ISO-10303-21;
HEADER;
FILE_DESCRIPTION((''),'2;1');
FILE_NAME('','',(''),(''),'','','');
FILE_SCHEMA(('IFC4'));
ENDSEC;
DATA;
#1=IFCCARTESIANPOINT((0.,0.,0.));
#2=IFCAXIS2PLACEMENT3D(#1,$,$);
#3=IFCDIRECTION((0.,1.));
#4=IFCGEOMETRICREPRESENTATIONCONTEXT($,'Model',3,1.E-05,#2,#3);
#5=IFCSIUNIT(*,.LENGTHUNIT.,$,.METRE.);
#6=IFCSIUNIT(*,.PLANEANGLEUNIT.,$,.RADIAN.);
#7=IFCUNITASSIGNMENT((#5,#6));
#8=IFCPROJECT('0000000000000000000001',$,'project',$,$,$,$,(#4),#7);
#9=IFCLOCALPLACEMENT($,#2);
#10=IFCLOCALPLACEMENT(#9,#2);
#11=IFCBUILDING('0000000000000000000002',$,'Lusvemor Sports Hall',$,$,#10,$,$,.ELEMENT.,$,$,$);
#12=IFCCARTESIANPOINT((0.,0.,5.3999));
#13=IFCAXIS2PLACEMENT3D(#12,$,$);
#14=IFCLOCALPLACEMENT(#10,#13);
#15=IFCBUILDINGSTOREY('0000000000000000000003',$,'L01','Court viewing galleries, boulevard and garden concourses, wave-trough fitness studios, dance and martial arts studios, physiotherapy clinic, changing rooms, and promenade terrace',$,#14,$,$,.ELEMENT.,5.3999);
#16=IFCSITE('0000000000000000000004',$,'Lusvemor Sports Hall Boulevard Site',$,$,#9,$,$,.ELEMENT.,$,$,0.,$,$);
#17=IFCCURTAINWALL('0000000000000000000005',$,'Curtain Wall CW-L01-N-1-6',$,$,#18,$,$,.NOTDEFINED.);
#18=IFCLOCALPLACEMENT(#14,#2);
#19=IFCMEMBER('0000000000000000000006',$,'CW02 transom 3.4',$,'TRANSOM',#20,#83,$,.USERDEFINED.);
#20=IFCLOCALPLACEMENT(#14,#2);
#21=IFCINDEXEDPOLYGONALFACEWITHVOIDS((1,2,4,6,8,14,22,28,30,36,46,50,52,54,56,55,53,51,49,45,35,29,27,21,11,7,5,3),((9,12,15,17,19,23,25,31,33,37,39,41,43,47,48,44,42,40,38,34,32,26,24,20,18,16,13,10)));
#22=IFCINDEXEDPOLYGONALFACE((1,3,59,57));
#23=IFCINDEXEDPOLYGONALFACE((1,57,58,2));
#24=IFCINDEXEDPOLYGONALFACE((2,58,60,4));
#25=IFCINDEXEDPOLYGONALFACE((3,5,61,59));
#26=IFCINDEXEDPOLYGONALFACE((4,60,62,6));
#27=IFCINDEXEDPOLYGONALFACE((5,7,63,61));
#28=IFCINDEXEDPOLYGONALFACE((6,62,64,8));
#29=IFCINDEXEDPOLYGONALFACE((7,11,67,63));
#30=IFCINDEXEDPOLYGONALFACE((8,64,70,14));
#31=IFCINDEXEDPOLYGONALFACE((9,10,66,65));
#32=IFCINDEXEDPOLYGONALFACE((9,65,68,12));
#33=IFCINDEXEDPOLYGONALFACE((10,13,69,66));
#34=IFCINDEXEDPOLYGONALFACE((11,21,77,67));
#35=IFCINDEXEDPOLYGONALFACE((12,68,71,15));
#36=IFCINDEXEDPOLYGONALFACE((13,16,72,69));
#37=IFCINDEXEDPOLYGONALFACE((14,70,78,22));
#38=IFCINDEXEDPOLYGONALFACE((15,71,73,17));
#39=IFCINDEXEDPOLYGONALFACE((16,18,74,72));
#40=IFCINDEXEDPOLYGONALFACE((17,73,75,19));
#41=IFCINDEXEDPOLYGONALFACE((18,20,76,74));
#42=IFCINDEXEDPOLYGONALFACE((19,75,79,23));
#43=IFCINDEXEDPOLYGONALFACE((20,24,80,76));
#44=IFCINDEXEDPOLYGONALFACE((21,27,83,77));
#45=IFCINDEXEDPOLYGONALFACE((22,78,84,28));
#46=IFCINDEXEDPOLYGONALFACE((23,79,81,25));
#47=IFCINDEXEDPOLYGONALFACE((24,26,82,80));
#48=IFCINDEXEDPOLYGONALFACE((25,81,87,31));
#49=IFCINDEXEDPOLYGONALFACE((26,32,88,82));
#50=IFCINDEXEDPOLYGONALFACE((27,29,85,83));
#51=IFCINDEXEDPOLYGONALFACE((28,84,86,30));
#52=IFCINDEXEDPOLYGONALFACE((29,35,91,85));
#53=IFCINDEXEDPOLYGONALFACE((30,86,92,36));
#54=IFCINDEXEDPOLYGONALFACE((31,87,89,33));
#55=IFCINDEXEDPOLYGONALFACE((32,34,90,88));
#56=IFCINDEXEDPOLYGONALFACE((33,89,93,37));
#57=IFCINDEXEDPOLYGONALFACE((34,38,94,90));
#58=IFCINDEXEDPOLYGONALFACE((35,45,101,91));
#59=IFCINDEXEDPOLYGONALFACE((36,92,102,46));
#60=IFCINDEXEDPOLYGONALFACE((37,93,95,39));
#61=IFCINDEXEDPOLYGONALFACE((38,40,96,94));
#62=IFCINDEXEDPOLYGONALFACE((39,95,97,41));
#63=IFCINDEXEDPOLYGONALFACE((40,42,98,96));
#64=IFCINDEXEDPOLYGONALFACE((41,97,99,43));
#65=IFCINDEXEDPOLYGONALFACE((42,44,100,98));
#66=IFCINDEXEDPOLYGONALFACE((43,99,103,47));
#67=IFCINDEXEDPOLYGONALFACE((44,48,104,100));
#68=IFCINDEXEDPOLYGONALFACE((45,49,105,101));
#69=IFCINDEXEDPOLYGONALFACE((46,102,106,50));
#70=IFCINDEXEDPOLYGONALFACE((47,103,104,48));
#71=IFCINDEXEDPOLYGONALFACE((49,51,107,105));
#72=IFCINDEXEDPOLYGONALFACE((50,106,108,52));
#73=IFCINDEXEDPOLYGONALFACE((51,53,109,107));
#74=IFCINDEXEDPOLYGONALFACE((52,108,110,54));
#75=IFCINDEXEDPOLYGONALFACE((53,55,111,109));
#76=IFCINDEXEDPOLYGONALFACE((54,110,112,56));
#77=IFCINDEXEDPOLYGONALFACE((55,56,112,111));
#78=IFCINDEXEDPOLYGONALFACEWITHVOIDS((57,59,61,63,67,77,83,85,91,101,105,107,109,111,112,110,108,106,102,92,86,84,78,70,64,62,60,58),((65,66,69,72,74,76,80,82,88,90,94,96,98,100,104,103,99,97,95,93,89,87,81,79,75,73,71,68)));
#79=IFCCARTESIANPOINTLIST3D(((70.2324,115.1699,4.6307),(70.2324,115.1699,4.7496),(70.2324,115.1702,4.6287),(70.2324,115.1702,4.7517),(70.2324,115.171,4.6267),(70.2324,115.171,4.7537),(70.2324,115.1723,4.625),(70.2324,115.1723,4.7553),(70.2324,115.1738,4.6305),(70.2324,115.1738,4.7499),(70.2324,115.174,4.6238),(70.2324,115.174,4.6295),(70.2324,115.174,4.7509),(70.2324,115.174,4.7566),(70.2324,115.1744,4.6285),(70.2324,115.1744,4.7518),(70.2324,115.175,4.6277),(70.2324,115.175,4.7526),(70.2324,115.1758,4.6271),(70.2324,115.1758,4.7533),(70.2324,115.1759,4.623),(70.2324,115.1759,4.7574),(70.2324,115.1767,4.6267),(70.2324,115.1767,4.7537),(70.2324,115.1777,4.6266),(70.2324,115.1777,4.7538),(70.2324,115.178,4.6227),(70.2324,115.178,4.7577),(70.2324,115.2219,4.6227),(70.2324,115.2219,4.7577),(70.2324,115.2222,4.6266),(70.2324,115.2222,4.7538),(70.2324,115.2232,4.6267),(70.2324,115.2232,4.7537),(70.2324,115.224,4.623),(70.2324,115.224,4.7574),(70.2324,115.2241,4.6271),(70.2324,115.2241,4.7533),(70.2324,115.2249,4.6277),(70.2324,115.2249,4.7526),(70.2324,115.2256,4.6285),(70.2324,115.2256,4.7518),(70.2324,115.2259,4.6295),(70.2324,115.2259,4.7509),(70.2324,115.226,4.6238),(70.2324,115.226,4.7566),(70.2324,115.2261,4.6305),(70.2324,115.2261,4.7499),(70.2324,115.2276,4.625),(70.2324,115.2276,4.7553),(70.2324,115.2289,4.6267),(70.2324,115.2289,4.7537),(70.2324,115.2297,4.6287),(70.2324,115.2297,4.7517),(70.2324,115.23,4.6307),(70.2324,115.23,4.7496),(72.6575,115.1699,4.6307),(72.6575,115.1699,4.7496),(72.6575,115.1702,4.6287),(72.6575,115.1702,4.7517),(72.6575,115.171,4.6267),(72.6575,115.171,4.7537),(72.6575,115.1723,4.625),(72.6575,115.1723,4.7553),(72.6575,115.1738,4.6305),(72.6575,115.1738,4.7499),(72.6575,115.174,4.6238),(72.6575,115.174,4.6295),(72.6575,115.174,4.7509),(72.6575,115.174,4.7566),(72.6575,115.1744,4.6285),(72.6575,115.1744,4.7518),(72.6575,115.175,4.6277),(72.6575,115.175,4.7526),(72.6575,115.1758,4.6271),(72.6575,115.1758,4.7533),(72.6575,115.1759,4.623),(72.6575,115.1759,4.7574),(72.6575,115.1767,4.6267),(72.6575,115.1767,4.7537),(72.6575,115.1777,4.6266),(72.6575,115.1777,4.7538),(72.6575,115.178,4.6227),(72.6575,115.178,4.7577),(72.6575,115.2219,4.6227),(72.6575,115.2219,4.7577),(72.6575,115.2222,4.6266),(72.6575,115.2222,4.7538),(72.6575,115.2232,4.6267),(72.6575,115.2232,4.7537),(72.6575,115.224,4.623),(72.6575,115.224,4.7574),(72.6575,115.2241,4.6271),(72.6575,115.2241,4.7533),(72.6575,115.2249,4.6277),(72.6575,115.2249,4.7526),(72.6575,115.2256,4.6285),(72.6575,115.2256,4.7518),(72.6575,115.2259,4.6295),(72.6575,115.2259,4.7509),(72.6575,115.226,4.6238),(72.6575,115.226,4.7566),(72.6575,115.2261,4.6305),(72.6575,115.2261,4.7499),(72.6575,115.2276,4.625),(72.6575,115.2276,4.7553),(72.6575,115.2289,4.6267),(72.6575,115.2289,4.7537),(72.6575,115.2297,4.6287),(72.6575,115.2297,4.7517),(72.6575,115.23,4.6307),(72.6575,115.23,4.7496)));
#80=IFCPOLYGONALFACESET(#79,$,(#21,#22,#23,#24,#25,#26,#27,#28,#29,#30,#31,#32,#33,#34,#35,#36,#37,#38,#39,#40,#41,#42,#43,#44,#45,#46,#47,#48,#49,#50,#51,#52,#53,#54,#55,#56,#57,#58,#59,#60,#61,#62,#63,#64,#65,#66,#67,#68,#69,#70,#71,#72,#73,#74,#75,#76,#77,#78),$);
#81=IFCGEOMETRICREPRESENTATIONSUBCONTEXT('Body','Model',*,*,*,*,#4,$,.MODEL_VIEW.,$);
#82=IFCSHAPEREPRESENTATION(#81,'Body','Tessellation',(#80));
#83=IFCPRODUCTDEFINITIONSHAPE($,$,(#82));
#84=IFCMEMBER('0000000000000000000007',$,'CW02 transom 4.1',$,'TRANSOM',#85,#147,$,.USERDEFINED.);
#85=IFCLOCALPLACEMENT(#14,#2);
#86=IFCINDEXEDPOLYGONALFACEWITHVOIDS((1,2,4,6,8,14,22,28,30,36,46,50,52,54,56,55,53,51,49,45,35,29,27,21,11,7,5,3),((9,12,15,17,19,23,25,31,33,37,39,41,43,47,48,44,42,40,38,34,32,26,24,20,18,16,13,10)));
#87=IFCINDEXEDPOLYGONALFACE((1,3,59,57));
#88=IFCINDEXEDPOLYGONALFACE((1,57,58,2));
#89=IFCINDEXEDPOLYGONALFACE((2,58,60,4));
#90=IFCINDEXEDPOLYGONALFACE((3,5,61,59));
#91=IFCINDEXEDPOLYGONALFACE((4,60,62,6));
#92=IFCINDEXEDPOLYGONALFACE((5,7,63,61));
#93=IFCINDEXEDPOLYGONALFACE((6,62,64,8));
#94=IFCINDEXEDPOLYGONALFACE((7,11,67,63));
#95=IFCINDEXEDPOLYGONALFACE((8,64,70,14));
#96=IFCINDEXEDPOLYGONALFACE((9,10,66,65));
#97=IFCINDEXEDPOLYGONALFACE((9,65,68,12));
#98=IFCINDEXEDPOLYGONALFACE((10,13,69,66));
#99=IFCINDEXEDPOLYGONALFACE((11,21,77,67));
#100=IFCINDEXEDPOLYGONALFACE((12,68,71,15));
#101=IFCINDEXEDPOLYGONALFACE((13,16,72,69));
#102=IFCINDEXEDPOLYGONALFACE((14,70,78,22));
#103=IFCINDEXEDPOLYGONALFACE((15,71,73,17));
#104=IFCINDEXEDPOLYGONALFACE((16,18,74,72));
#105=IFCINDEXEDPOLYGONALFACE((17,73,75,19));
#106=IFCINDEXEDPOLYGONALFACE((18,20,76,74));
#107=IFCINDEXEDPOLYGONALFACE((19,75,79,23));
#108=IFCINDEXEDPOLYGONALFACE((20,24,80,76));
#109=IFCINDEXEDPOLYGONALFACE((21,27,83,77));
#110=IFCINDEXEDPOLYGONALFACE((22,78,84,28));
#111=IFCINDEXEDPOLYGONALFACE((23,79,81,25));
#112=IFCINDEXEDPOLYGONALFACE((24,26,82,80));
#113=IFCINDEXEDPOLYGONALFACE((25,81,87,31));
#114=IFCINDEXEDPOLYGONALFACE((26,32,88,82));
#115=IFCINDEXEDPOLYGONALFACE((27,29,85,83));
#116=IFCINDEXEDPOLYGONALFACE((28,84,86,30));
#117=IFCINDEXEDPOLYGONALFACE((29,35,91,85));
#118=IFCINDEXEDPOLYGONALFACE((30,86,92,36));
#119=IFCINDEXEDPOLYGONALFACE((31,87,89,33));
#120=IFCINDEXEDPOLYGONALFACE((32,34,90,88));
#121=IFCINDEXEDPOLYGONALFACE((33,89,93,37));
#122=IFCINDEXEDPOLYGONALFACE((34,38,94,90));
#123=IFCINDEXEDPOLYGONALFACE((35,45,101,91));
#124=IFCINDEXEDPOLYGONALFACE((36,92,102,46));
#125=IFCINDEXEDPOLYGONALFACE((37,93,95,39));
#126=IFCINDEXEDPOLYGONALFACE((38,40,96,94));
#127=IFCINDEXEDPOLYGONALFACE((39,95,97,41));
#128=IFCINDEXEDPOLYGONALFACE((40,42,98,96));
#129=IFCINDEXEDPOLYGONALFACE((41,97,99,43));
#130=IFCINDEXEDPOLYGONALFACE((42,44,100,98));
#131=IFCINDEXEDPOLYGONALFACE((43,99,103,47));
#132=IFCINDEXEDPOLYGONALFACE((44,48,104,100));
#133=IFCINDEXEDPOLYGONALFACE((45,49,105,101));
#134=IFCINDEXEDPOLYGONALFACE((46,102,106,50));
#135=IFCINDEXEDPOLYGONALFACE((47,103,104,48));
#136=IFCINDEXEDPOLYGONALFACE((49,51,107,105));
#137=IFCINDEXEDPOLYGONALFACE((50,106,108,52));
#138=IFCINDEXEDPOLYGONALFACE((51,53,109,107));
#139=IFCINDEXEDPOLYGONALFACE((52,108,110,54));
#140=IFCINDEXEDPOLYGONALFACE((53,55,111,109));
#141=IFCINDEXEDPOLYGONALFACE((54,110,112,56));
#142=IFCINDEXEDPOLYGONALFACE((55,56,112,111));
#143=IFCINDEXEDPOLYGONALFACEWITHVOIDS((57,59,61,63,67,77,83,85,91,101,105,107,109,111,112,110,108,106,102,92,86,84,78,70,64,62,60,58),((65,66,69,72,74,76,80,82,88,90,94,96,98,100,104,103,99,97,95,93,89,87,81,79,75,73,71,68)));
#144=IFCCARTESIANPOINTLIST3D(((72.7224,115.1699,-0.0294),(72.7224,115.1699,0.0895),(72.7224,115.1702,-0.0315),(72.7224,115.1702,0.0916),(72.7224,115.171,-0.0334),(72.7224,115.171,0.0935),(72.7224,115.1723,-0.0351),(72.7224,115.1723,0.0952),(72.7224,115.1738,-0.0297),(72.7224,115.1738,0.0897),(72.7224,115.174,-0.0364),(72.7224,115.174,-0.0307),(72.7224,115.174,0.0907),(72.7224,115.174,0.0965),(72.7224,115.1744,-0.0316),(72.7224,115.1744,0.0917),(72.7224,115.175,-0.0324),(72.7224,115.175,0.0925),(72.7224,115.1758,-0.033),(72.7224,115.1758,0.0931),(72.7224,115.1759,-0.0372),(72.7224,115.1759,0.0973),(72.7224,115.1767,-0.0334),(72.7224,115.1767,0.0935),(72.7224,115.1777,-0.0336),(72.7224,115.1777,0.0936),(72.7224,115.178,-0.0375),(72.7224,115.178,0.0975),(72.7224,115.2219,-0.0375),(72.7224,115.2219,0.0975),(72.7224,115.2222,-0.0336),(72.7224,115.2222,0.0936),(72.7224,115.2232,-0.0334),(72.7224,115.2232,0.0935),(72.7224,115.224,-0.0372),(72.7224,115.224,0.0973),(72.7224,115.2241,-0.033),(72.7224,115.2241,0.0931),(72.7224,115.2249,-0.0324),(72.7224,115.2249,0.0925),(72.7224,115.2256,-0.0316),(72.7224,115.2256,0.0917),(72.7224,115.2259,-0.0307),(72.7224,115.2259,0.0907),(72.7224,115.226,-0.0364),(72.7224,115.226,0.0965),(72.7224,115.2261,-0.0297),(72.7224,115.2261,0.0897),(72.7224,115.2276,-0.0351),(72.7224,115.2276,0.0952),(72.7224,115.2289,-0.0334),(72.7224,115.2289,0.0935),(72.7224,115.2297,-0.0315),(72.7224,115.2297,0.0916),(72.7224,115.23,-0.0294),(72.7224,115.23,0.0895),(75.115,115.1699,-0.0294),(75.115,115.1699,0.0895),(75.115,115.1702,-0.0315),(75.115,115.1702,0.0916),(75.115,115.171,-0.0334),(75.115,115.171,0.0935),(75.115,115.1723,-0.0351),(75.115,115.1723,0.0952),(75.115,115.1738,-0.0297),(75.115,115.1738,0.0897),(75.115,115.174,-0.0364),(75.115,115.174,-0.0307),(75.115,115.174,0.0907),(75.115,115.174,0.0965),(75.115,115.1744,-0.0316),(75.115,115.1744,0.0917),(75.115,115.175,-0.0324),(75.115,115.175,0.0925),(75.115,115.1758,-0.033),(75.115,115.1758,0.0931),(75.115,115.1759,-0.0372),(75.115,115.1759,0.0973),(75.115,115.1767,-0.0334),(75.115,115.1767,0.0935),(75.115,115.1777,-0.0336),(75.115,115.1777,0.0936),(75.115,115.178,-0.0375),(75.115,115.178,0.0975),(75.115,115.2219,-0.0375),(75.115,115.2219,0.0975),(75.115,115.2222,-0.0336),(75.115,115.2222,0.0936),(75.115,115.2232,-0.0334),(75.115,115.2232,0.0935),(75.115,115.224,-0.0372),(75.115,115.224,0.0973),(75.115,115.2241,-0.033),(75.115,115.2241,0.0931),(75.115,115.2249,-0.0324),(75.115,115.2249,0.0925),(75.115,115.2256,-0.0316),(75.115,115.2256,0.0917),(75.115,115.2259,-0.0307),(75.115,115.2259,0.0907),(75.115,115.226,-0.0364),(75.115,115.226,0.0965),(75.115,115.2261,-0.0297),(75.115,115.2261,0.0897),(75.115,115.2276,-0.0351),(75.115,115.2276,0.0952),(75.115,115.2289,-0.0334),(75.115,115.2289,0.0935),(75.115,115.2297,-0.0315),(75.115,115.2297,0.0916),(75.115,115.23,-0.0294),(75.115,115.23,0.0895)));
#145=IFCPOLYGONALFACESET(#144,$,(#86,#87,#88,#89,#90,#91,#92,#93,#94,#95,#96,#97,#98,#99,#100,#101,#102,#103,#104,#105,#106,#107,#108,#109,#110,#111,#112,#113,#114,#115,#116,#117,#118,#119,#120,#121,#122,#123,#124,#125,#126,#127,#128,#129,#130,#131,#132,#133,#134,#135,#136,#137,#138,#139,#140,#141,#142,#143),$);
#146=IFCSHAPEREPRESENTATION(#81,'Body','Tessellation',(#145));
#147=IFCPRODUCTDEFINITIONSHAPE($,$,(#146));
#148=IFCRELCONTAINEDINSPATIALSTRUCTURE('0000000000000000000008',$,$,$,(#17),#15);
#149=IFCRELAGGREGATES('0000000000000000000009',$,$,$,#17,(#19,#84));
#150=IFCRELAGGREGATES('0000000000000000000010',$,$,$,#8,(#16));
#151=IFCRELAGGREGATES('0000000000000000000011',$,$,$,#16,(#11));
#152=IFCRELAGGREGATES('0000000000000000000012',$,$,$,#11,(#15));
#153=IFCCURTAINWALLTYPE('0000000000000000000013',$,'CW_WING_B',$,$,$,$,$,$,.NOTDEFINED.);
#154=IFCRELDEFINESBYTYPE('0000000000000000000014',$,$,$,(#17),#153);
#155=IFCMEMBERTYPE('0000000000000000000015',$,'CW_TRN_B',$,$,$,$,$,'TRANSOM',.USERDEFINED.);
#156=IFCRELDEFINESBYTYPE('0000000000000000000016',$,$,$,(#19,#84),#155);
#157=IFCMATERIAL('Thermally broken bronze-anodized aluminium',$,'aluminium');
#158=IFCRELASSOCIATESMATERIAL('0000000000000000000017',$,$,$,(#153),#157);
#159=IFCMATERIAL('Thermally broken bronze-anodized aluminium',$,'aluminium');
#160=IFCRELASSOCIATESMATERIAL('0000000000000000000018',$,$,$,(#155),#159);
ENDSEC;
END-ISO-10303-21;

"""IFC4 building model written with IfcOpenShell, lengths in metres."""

from ifc_helpers import new_model, si_unit, direction, frame, origin, origin_2d, place, context, subcontext, project, spatial, hollow_rectangle, extrude, material, material_profile, profile_set, type_object, element, aggregate, save


model = new_model("IFC4")

# Units and contexts
model_context = context("Model", 3, precision=1e-05, world=origin(), true_north=direction((0.0, 1.0)))
body_context = subcontext(model_context, "Body", "Model", "MODEL_VIEW")
ifc_project = project(units=[si_unit("LENGTHUNIT", "METRE"), si_unit("PLANEANGLEUNIT", "RADIAN")], contexts=[model_context])

# Site, building, storey
site_placement = place(None, origin())
site = spatial("IfcSite", under=ifc_project, at=site_placement, Name="Lusvemor Sports Hall Boulevard Site", CompositionType="ELEMENT", RefElevation=0.0)
building_placement = place(site_placement, origin())
building = spatial("IfcBuilding", under=site, at=building_placement, Name="Lusvemor Sports Hall", CompositionType="ELEMENT")
storey_placement = place(building_placement, frame((0.0, 0.0, 5.3999)))
storey = spatial("IfcBuildingStorey", under=building, at=storey_placement, Name="L01", Description="Court viewing galleries, boulevard and garden concourses, wave-trough fitness studios, dance and martial arts studios, physiotherapy clinic, changing rooms, and promenade terrace", CompositionType="ELEMENT", Elevation=5.3999)

# Curtain wall, members
ifc_material_1 = material(Name="Thermally broken bronze-anodized aluminium", Category="aluminium")
curtain_wall_type = type_object("IfcCurtainWallType", Name="CW_WING_B", PredefinedType="NOTDEFINED", material=ifc_material_1)
curtain_wall_placement = place(storey_placement, origin())
curtain_wall = element("IfcCurtainWall", 1, at=curtain_wall_placement, inside=storey, type_object=curtain_wall_type, Name="Curtain Wall CW-L01-N-1-6", PredefinedType="NOTDEFINED")
ifc_material_2 = material(Name="Thermally broken bronze-anodized aluminium", Category="aluminium")
ifc_material_profile_1 = material_profile(ifc_material_2, hollow_rectangle(XDim=0.0601, YDim=0.135, WallThickness=0.0039, InnerFilletRadius=0.0039, OuterFilletRadius=0.0081, at=origin_2d()), Name="CWTRN135x60x4")
ifc_profile_set_1 = profile_set([ifc_material_profile_1], Name="Thermally broken bronze-anodized aluminium")
member_type_1 = type_object("IfcMemberType", Name="CW_TRN_B", ElementType="TRANSOM", PredefinedType="USERDEFINED", material=ifc_profile_set_1)
member_1_placement = place(storey_placement, frame((70.2324, 115.2, 4.6902), z_axis=(1.0, 0.0, 0.0), x_axis=(0.0, 1.0, 0.0)))
member_1 = element("IfcMember", 2, at=member_1_placement, type_object=member_type_1, Name="CW02 transom 3.4", ObjectType="TRANSOM", PredefinedType="USERDEFINED", context=body_context, shape_type="SweptSolid", body=[
    extrude(hollow_rectangle(XDim=0.0601, YDim=0.135, WallThickness=0.0039, InnerFilletRadius=0.0039, OuterFilletRadius=0.0081, at=origin_2d()), origin(), (0.0, 0.0, 1.0), 2.425),
])
member_2_placement = place(storey_placement, frame((72.7224, 115.2, 0.03), z_axis=(1.0, 0.0, 0.0), x_axis=(0.0, 1.0, 0.0)))
member_2 = element("IfcMember", 3, at=member_2_placement, type_object=member_type_1, Name="CW02 transom 4.1", ObjectType="TRANSOM", PredefinedType="USERDEFINED", context=body_context, shape_type="SweptSolid", body=[
    extrude(hollow_rectangle(XDim=0.0601, YDim=0.135, WallThickness=0.0039, InnerFilletRadius=0.0039, OuterFilletRadius=0.0081, at=origin_2d()), origin(), (0.0, 0.0, 1.0), 2.3926),
])

aggregate(curtain_wall, [member_1, member_2])

save(model, "model.ifc")
